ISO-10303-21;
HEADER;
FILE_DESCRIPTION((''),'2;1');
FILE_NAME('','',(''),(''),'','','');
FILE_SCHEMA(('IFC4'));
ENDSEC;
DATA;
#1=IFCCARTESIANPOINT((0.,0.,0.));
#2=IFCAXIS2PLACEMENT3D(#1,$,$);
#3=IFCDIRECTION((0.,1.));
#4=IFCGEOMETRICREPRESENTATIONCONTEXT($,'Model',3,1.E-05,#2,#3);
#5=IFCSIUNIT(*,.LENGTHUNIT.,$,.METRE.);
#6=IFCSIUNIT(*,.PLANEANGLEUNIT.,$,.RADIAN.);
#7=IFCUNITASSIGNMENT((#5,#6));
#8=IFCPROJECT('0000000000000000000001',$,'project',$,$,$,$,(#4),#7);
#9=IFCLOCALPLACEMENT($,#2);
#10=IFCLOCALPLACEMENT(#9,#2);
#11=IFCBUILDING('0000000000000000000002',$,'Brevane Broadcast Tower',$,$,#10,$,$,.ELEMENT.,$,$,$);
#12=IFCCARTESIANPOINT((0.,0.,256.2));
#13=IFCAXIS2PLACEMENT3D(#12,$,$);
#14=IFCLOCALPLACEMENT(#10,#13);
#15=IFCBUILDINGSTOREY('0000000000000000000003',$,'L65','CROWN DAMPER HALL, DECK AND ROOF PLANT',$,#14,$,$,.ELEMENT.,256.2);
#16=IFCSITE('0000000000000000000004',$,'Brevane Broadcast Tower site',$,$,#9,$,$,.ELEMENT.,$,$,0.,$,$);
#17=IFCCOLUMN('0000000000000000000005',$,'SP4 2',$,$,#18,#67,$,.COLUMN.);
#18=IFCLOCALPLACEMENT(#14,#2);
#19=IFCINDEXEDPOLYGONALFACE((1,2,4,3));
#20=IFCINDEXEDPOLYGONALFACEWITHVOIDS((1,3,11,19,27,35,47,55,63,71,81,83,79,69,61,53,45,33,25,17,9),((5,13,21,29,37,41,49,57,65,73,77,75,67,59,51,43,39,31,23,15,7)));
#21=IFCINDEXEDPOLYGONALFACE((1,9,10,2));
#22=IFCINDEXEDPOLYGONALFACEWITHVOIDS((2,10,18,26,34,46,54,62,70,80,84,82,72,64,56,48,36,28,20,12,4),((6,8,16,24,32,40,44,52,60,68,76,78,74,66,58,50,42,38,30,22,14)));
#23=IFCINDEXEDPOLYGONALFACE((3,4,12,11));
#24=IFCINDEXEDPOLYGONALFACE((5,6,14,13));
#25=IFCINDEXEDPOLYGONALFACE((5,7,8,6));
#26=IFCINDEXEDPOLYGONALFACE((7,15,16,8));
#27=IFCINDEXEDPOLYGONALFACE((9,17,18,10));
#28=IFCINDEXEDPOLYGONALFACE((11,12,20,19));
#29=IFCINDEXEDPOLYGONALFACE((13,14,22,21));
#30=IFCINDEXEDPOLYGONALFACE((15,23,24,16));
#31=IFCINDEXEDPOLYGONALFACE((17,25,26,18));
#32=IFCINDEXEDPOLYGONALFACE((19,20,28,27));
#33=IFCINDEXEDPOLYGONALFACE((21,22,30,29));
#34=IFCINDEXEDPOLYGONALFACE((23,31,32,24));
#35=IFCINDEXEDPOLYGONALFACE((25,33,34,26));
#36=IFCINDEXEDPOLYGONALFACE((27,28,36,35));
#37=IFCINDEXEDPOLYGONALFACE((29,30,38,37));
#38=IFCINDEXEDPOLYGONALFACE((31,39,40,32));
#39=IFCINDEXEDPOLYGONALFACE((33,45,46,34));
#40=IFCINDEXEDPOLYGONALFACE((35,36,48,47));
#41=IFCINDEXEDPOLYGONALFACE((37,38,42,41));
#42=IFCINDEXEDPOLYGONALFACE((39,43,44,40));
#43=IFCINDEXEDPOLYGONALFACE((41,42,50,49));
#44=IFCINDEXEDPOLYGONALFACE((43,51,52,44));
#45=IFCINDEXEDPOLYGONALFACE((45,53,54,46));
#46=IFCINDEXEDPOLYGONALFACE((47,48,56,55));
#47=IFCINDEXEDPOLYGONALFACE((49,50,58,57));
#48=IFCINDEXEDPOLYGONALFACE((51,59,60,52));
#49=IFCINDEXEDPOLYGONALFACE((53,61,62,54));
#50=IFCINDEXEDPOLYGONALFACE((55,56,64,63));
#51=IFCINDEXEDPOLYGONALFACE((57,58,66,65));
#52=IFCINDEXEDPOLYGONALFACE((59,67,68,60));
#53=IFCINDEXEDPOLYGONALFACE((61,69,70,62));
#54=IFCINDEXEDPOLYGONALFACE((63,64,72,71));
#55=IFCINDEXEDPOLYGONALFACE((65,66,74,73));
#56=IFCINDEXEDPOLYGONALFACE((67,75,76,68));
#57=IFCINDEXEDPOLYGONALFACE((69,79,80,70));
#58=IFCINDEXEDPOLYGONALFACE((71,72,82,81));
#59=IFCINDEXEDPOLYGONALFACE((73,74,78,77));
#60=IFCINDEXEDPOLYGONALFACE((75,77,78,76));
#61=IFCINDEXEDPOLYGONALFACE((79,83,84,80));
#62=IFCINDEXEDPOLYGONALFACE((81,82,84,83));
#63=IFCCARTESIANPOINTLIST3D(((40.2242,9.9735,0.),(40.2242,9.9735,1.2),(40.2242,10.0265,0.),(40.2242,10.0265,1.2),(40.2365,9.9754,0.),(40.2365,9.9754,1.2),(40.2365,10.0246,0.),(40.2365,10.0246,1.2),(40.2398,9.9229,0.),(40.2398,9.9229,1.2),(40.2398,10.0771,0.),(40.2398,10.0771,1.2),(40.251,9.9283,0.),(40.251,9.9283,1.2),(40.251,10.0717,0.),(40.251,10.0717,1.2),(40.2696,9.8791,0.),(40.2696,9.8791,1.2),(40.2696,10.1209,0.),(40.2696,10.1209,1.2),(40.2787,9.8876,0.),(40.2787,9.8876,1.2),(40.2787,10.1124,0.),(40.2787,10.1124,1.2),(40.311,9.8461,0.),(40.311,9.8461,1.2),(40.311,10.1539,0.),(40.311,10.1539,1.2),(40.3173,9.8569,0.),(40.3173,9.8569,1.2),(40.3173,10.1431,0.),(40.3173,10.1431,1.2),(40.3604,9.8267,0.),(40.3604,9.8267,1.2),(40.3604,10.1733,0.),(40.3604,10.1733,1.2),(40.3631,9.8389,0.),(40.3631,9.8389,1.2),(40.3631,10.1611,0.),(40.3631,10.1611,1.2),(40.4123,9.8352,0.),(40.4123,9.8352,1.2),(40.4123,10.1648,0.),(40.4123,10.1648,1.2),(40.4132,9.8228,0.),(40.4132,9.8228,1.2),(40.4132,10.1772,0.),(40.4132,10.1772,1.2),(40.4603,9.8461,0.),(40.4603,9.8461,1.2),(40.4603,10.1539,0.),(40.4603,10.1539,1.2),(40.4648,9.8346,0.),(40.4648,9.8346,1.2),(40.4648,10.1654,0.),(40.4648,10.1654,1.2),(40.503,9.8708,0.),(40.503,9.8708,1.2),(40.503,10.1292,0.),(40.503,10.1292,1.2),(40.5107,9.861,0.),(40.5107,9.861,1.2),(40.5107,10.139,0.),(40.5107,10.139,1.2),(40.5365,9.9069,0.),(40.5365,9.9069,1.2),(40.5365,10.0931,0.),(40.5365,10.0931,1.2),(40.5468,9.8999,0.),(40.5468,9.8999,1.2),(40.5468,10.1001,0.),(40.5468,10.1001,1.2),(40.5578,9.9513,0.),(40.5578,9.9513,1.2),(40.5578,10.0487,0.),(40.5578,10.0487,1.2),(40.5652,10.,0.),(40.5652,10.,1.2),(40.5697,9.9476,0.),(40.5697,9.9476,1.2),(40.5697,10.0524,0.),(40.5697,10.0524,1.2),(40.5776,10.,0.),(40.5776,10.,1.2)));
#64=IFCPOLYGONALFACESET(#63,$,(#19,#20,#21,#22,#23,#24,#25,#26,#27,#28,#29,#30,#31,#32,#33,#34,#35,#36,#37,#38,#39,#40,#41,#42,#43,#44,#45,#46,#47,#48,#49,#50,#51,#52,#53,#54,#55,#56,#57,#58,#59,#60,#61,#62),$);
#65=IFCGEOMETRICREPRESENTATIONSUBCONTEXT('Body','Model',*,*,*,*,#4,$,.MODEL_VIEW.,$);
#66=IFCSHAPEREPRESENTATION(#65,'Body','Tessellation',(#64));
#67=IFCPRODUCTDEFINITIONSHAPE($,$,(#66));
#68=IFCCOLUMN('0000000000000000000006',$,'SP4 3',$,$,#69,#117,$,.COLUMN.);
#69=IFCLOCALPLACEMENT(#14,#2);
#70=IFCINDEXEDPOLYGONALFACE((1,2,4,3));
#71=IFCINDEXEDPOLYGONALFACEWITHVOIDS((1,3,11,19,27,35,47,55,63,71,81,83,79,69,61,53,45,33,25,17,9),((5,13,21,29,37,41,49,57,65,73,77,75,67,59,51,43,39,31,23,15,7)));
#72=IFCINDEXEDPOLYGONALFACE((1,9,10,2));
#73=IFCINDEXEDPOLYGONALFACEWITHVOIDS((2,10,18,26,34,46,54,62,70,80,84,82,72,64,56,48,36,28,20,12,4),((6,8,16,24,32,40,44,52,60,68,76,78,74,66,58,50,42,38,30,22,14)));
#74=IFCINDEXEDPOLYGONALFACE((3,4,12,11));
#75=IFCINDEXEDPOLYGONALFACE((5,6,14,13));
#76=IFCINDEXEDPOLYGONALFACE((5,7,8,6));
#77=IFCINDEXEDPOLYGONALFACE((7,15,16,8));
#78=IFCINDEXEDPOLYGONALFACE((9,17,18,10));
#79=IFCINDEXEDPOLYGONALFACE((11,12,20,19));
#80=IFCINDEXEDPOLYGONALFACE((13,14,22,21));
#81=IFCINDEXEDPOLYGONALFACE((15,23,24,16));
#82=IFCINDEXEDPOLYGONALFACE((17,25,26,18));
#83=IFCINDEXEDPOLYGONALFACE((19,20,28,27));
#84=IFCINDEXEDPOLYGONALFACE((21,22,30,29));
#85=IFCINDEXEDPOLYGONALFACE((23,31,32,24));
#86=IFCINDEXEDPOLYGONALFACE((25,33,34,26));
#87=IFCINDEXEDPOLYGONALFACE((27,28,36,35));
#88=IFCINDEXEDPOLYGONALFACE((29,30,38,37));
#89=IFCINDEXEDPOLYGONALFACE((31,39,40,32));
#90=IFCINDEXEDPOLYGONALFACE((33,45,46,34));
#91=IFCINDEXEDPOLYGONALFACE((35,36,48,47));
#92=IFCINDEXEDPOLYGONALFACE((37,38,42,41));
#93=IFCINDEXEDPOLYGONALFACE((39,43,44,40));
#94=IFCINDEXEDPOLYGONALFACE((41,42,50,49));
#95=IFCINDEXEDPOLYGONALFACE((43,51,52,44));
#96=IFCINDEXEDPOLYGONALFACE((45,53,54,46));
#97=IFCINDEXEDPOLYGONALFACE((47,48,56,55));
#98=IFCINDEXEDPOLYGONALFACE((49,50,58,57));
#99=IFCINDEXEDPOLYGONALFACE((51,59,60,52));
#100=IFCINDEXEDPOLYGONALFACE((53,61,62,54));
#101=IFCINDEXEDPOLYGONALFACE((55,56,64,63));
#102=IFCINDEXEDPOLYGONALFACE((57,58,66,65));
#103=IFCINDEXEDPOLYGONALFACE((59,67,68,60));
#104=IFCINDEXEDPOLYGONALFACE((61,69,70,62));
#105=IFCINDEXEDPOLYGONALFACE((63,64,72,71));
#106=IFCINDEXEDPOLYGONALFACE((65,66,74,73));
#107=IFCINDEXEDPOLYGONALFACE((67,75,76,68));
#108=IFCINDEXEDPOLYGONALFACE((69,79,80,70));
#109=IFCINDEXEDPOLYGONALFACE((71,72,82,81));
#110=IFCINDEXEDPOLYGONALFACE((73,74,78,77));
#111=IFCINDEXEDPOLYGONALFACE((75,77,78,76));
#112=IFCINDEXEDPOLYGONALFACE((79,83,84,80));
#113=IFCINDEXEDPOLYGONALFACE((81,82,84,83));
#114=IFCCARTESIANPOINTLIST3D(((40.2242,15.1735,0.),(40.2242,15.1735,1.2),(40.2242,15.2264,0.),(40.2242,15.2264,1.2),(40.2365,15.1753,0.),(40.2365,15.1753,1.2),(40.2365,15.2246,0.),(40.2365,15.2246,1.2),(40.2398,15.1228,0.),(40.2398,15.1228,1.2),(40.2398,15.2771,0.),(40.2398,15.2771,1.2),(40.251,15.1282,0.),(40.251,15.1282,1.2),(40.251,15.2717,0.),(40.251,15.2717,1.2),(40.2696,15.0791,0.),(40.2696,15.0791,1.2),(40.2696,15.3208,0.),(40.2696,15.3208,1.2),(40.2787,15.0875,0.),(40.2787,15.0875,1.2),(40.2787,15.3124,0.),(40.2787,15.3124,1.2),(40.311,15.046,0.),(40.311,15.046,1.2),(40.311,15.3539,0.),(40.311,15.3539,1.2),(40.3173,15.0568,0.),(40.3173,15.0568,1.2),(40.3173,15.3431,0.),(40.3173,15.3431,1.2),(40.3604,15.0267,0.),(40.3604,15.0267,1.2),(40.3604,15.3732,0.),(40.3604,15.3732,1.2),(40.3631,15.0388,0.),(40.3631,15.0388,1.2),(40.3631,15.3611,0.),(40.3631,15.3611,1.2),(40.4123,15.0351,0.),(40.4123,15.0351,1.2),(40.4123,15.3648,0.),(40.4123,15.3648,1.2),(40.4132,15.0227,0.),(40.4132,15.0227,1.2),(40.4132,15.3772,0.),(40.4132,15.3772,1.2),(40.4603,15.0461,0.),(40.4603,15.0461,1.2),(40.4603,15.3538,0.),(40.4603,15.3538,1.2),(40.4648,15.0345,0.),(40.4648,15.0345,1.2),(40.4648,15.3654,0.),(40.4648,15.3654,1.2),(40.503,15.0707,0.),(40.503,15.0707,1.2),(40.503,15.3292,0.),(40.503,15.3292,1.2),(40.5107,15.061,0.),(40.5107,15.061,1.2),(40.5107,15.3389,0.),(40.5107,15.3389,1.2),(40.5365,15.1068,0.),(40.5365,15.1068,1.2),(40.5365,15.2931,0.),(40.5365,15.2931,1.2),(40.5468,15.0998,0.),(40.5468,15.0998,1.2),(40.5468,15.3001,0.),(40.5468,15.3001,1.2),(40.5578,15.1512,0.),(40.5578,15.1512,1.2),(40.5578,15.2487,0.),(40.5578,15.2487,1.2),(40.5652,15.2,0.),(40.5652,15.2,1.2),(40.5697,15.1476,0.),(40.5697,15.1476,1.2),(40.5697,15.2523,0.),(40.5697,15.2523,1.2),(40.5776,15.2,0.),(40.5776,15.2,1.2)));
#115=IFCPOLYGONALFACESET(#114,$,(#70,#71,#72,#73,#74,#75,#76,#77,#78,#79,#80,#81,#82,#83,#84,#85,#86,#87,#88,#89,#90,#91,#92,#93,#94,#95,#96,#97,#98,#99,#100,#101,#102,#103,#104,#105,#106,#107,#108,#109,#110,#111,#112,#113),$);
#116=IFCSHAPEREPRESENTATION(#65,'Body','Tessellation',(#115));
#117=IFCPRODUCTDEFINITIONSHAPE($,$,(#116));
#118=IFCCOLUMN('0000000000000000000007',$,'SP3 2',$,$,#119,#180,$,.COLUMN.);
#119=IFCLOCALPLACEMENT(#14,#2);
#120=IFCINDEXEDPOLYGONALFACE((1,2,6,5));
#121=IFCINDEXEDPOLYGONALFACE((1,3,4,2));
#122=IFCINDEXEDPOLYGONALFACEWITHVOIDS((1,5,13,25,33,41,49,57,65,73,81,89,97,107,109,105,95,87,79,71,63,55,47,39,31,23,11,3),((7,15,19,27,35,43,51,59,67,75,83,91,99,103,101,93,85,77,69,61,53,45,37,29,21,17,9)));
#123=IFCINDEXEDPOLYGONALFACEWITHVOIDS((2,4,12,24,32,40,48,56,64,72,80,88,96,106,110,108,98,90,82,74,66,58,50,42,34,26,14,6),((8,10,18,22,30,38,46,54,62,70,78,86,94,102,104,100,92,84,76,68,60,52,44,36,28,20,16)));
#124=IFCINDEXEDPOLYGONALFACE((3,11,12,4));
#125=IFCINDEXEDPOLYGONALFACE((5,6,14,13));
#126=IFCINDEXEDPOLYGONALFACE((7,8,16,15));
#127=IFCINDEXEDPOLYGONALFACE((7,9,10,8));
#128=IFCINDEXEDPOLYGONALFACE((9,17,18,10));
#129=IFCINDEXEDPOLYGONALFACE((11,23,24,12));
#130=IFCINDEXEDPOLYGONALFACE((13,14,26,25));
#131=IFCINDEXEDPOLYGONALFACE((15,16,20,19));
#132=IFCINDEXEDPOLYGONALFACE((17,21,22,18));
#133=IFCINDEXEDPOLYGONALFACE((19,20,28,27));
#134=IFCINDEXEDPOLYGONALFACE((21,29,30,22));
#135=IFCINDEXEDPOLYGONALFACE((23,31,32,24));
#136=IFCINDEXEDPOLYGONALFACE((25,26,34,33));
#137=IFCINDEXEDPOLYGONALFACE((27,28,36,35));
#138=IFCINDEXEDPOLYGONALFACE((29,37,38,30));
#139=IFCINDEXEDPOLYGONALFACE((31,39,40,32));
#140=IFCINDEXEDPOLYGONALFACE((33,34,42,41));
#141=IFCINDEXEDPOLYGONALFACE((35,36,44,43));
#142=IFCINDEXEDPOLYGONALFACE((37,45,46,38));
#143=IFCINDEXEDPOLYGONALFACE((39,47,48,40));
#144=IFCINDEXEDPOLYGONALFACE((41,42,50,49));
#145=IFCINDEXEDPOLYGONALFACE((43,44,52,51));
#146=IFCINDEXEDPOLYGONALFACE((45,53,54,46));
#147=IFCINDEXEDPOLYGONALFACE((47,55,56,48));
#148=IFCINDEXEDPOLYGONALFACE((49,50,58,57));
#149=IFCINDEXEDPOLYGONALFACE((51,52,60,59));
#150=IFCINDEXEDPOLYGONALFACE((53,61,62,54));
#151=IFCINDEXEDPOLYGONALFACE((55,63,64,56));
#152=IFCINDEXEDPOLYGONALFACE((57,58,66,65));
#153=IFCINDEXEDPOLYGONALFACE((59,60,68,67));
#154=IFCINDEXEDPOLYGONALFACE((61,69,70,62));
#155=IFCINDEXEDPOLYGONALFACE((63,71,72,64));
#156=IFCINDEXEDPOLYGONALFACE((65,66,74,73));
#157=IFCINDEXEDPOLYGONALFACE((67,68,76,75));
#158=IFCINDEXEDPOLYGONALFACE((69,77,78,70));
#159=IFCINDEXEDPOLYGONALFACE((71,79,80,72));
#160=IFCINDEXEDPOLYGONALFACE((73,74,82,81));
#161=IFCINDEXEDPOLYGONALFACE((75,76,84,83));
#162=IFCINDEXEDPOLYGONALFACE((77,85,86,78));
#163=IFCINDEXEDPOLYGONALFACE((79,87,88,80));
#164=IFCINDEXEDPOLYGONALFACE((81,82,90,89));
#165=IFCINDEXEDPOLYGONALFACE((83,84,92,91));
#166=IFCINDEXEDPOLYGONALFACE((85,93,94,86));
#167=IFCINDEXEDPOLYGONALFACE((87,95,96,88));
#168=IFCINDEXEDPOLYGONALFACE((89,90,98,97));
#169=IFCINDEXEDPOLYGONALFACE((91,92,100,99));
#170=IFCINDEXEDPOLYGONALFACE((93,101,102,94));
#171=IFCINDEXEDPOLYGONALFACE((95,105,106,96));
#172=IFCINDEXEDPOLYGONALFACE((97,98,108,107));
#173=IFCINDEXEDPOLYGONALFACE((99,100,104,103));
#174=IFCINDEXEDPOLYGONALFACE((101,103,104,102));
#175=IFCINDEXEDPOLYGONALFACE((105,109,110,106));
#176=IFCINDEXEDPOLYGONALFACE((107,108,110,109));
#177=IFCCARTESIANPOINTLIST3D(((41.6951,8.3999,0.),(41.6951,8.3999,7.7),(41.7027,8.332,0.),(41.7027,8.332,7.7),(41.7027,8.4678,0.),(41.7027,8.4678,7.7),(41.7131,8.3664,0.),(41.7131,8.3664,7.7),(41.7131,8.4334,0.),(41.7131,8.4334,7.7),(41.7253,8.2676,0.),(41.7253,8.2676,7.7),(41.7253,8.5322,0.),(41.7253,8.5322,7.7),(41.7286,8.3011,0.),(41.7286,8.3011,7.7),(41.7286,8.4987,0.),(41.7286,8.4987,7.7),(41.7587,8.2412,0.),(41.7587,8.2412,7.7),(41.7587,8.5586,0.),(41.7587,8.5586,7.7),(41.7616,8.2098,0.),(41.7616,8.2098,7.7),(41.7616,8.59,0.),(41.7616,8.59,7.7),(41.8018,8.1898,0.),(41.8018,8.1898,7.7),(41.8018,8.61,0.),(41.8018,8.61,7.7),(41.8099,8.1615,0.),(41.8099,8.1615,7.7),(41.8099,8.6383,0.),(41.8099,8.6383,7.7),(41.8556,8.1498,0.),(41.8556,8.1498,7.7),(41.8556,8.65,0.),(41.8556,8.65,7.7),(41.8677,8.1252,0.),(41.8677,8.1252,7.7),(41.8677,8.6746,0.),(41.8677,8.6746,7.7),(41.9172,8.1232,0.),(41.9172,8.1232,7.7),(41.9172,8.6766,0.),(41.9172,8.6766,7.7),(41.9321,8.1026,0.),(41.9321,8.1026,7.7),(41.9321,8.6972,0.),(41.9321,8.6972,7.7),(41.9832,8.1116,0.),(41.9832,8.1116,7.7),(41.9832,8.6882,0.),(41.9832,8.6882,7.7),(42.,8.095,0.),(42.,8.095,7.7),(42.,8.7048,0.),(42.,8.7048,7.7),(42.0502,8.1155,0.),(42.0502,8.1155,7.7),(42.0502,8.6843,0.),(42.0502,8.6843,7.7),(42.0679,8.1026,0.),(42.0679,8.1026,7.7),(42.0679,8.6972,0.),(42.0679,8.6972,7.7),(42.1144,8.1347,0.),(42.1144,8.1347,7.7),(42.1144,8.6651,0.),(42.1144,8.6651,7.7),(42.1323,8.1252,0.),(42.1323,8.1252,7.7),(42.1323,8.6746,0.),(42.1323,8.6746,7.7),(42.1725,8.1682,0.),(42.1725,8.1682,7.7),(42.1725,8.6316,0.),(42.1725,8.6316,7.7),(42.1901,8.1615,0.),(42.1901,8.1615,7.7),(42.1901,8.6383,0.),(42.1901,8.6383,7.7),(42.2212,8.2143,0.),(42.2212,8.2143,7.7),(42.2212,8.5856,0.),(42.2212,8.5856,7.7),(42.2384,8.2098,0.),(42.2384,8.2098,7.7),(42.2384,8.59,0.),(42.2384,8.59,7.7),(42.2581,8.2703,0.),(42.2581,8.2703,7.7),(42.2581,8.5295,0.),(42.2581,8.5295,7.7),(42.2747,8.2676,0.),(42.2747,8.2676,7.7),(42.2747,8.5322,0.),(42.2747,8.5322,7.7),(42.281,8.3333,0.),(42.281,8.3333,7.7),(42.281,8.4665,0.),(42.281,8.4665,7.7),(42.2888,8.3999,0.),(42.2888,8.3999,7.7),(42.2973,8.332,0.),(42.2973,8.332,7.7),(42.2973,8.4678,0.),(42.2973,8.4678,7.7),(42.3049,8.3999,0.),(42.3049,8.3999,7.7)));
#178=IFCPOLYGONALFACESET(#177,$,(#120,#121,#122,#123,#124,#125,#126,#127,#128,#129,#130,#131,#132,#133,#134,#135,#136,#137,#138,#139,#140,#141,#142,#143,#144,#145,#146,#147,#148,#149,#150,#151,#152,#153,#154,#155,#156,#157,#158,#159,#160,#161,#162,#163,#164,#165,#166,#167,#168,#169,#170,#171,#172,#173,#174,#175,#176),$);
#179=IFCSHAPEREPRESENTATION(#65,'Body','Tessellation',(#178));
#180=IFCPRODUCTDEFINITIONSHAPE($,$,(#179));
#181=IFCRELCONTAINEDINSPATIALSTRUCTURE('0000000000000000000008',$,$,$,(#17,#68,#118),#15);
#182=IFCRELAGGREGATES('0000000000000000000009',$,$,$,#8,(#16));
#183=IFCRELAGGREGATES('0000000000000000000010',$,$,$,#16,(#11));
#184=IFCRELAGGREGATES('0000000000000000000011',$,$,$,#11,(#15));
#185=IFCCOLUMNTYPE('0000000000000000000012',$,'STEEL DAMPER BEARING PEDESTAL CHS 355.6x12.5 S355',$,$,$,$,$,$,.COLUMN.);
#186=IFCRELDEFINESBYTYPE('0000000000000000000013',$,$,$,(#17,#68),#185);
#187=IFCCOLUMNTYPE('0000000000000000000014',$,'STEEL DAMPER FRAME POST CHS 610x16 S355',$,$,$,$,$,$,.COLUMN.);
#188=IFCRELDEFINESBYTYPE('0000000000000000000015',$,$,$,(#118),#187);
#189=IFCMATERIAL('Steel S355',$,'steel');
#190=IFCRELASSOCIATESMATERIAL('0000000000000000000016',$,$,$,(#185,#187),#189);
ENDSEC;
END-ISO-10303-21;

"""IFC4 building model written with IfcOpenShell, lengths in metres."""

from ifc_helpers import new_model, si_unit, direction, frame, origin, origin_2d, place, context, subcontext, project, spatial, hollow_circle, extrude, material, material_profile, profile_set, type_object, element, save


model = new_model("IFC4")

# Units and contexts
model_context = context("Model", 3, precision=1e-05, world=origin(), true_north=direction((0.0, 1.0)))
body_context = subcontext(model_context, "Body", "Model", "MODEL_VIEW")
ifc_project = project(units=[si_unit("LENGTHUNIT", "METRE"), si_unit("PLANEANGLEUNIT", "RADIAN")], contexts=[model_context])

# Site, building, storey
site_placement = place(None, origin())
site = spatial("IfcSite", under=ifc_project, at=site_placement, Name="Brevane Broadcast Tower site", CompositionType="ELEMENT", RefElevation=0.0)
building_placement = place(site_placement, origin())
building = spatial("IfcBuilding", under=site, at=building_placement, Name="Brevane Broadcast Tower", CompositionType="ELEMENT")
storey_placement = place(building_placement, frame((0.0, 0.0, 256.2)))
storey = spatial("IfcBuildingStorey", under=building, at=storey_placement, Name="L65", Description="CROWN DAMPER HALL, DECK AND ROOF PLANT", CompositionType="ELEMENT", Elevation=256.2)

# Columns
ifc_material_1 = material(Name="Steel S355", Category="steel")
ifc_material_profile_1 = material_profile(ifc_material_1, hollow_circle(Radius=0.1777, WallThickness=0.0125, at=origin_2d()), Name="CHS 355.6x12.5")
ifc_profile_set_1 = profile_set([ifc_material_profile_1], Name="Steel S355")
column_type_1 = type_object("IfcColumnType", Name="STEEL DAMPER BEARING PEDESTAL CHS 355.6x12.5 S355", PredefinedType="COLUMN", material=ifc_profile_set_1)
for number, where, z_axis, x_axis, name in (
    (1, (40.3999, 10.0, 0.0), (0.0, 0.0, 1.0), (1.0, 0.0, 0.0), "SP4 2"),
    (2, (40.3999, 15.2, 0.0), (0.0, 0.0, 1.0), (1.0, 0.0, 0.0), "SP4 3"),
):
    element("IfcColumn", number, at=place(storey_placement, frame(where, z_axis=z_axis, x_axis=x_axis)), inside=storey, type_object=column_type_1, Name=name, PredefinedType="COLUMN", context=body_context, shape_type="SweptSolid", body=[
        extrude(hollow_circle(Radius=0.1777, WallThickness=0.0125, at=origin_2d()), origin(), (0.0, 0.0, 1.0), 1.2),
    ])
ifc_material_profile_2 = material_profile(ifc_material_1, hollow_circle(Radius=0.3049, WallThickness=0.0161, at=origin_2d()), Name="CHS 610x16")
ifc_profile_set_2 = profile_set([ifc_material_profile_2], Name="Steel S355")
column_type_2 = type_object("IfcColumnType", Name="STEEL DAMPER FRAME POST CHS 610x16 S355", PredefinedType="COLUMN", material=ifc_profile_set_2)
column_placement = place(storey_placement, frame((42.0, 8.3999, 0.0), z_axis=(0.0, 0.0, 1.0), x_axis=(1.0, 0.0, 0.0)))
element("IfcColumn", 3, at=column_placement, inside=storey, type_object=column_type_2, Name="SP3 2", PredefinedType="COLUMN", context=body_context, shape_type="SweptSolid", body=[
    extrude(hollow_circle(Radius=0.3049, WallThickness=0.0161, at=origin_2d()), origin(), (0.0, 0.0, 1.0), 7.7),
])

save(model, "model.ifc")
